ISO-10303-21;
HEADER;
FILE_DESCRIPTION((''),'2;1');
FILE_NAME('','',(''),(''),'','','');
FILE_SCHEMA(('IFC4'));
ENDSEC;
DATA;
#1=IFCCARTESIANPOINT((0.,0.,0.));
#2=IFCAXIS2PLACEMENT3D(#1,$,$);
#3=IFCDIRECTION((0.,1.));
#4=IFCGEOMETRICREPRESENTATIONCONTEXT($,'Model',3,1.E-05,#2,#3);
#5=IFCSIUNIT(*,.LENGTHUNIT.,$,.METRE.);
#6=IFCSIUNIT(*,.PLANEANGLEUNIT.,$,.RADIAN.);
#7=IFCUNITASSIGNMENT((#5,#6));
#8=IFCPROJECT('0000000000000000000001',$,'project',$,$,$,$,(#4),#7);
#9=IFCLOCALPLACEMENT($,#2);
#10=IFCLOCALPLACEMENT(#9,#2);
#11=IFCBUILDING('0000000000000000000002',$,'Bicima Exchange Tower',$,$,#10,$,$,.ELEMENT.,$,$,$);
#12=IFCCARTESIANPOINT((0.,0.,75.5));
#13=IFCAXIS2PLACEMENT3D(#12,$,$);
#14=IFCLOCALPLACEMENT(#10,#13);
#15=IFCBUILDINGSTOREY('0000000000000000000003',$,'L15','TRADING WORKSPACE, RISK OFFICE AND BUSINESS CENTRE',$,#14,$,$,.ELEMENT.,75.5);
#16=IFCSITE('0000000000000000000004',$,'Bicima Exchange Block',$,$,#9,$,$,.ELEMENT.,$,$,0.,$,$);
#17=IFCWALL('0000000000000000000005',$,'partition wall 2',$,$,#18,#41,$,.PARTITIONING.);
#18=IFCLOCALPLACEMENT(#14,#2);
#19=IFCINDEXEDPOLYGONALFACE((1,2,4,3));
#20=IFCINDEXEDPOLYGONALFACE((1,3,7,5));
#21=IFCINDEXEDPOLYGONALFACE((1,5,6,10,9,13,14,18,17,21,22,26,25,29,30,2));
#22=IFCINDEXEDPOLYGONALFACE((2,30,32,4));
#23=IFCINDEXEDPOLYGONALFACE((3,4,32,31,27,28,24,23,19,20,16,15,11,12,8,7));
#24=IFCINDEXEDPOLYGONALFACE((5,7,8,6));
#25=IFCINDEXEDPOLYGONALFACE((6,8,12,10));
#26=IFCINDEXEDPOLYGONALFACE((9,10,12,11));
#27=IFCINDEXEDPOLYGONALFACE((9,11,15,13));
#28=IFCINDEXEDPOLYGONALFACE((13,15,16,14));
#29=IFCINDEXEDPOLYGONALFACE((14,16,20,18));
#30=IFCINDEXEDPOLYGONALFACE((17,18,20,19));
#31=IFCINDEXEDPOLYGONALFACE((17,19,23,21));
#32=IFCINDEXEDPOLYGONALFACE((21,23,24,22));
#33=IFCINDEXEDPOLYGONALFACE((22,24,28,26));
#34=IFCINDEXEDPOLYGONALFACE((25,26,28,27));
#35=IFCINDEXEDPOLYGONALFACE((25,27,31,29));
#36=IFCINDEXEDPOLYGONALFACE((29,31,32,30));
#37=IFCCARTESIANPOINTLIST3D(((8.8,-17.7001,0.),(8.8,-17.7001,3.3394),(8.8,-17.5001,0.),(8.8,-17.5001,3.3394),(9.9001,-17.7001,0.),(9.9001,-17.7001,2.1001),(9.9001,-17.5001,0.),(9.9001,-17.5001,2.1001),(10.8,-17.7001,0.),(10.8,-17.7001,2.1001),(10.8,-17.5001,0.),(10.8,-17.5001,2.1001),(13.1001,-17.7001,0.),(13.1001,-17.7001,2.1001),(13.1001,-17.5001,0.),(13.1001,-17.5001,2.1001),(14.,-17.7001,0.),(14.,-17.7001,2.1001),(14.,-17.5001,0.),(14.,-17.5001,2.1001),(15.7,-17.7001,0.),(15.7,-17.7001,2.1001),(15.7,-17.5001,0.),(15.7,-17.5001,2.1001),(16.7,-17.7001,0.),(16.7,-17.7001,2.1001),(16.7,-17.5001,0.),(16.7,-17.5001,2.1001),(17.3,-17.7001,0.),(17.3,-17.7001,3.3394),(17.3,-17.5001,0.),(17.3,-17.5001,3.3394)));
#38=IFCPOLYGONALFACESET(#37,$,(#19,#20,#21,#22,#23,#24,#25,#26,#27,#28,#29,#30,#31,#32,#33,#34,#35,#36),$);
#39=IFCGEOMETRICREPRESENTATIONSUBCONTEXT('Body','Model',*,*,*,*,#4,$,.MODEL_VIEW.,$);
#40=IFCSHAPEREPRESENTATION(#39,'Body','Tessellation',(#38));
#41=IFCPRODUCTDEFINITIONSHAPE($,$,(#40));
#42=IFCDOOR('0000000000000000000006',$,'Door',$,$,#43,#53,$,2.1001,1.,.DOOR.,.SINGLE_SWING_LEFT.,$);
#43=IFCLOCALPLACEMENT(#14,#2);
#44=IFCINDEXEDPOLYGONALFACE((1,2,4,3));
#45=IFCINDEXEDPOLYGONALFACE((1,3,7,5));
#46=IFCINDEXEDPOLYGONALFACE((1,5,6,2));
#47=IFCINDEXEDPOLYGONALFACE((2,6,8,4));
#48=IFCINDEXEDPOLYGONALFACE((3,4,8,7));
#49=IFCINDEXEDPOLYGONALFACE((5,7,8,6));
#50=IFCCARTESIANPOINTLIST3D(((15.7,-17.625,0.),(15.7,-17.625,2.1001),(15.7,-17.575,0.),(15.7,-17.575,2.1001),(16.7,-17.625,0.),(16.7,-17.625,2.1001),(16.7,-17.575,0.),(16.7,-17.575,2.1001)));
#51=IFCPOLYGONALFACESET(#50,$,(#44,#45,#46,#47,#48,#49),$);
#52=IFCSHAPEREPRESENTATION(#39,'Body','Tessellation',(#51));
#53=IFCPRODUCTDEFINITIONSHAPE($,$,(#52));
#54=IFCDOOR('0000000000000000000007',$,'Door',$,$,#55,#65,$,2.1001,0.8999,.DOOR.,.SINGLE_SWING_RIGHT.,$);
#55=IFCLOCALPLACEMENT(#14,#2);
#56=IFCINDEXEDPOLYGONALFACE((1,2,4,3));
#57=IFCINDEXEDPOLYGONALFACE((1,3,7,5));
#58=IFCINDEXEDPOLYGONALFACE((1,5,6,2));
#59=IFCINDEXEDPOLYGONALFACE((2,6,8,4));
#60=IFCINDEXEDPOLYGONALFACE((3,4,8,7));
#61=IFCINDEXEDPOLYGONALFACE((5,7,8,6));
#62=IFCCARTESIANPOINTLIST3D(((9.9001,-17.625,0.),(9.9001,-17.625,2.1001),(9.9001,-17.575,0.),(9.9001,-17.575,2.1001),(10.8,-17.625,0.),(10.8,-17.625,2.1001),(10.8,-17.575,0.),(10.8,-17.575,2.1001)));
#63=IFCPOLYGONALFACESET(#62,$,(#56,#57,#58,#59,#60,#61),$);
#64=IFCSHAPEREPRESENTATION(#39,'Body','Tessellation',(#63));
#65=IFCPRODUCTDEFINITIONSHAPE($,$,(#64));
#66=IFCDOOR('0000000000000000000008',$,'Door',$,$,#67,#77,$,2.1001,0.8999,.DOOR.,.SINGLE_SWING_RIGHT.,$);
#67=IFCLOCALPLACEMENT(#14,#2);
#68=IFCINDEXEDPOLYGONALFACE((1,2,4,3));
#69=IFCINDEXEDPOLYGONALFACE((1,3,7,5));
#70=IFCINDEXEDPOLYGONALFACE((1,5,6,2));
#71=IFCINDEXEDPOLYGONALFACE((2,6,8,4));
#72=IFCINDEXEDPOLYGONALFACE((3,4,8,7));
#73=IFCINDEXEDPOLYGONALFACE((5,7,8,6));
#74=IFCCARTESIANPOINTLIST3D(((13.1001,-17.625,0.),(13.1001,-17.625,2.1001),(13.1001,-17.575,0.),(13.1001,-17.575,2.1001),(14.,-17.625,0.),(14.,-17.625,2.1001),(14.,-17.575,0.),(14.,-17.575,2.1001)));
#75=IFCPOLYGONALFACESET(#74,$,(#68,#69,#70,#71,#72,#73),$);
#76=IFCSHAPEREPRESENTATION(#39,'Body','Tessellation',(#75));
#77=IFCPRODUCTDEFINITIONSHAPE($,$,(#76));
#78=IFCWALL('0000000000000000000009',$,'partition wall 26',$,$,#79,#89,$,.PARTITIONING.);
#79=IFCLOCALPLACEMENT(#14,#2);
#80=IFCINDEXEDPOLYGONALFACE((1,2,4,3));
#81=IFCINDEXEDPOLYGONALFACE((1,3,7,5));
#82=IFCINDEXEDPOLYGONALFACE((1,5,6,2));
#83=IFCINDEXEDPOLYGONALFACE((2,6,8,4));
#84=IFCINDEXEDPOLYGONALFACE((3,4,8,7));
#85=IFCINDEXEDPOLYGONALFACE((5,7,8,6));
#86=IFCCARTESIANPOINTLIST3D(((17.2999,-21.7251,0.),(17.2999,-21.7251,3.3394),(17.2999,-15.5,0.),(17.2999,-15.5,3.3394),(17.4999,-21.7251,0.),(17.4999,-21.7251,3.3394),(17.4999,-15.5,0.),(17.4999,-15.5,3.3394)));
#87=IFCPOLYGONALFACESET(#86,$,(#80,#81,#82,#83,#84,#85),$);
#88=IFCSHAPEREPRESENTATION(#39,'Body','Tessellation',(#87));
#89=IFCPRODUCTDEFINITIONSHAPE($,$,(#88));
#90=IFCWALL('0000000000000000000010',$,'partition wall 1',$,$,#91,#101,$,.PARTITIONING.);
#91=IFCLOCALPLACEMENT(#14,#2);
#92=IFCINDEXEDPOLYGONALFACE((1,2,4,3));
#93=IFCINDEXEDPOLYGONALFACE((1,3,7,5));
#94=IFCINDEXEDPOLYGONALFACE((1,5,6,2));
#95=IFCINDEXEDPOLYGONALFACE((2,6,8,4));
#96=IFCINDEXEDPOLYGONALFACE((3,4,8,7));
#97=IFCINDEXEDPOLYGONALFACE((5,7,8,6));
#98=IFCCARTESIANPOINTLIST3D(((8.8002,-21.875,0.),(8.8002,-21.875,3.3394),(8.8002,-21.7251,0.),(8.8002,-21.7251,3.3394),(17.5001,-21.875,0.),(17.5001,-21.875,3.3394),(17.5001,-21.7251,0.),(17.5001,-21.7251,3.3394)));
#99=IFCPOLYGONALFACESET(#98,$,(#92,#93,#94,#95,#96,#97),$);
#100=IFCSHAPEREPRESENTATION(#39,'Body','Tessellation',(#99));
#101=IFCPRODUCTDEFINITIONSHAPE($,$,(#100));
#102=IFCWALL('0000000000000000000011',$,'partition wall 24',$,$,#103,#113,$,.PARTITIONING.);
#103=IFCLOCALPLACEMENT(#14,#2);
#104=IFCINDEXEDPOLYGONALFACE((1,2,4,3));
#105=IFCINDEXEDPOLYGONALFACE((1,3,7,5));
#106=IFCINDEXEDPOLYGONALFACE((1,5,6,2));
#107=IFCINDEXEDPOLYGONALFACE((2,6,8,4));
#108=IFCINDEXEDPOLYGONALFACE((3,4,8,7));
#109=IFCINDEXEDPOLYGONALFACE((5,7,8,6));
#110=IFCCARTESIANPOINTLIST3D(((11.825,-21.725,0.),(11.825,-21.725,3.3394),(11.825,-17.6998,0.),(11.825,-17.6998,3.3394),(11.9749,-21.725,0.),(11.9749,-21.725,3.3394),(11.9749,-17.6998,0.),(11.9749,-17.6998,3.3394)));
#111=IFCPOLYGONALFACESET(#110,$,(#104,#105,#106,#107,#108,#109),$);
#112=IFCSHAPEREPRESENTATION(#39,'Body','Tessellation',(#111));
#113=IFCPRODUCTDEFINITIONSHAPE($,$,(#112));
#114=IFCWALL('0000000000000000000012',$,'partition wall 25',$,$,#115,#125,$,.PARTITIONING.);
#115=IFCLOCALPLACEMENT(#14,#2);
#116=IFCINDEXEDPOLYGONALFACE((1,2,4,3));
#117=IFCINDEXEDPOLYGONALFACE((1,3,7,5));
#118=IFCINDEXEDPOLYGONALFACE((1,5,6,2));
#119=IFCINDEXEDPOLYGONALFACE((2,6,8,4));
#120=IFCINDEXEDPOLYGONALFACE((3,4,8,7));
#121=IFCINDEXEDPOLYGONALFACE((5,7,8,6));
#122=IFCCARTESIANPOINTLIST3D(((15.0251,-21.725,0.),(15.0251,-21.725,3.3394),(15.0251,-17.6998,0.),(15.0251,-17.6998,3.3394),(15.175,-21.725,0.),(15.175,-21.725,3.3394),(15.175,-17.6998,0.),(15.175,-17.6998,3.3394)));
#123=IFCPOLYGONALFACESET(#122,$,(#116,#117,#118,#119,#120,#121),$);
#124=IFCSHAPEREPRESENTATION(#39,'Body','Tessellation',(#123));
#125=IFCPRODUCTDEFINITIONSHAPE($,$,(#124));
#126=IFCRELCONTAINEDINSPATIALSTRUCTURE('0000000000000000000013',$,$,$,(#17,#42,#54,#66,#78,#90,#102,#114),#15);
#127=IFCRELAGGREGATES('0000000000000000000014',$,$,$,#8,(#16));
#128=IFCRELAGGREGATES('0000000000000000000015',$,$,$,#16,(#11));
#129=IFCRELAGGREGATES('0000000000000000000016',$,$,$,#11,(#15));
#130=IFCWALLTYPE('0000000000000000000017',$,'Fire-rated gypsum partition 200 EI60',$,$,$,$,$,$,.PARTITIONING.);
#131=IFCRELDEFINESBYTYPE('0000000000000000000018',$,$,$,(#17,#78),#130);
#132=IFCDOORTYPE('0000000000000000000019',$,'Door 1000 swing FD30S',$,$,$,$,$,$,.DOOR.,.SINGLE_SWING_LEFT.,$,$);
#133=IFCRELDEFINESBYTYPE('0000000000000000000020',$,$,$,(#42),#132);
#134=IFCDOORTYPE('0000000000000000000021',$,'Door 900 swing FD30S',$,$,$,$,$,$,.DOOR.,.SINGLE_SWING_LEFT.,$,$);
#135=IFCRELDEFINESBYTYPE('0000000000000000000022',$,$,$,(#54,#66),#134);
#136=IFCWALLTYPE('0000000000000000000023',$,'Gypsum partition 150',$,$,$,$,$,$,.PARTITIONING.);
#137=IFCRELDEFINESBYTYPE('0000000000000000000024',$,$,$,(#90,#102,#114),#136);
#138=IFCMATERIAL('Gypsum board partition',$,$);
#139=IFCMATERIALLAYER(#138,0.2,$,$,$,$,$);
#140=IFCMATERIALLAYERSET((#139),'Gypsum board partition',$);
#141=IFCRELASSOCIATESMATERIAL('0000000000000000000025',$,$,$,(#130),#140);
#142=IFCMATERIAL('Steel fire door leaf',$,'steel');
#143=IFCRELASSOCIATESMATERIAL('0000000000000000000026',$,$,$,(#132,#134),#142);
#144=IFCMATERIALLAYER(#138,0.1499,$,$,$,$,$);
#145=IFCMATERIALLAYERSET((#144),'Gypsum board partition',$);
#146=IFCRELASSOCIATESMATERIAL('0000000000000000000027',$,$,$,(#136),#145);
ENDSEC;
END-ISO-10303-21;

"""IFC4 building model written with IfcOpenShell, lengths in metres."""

from ifc_helpers import new_model, si_unit, direction, frame, frame_2d, origin, place, context, subcontext, project, spatial, rectangle, extrude, material, layer, layer_set, type_object, element, fill, save


model = new_model("IFC4")

# Units and contexts
model_context = context("Model", 3, precision=1e-05, world=origin(), true_north=direction((0.0, 1.0)))
body_context = subcontext(model_context, "Body", "Model", "MODEL_VIEW")
ifc_project = project(units=[si_unit("LENGTHUNIT", "METRE"), si_unit("PLANEANGLEUNIT", "RADIAN")], contexts=[model_context])

# Site, building, storey
site_placement = place(None, origin())
site = spatial("IfcSite", under=ifc_project, at=site_placement, Name="Bicima Exchange Block", CompositionType="ELEMENT", RefElevation=0.0)
building_placement = place(site_placement, origin())
building = spatial("IfcBuilding", under=site, at=building_placement, Name="Bicima Exchange Tower", CompositionType="ELEMENT")
storey_placement = place(building_placement, frame((0.0, 0.0, 75.5)))
storey = spatial("IfcBuildingStorey", under=building, at=storey_placement, Name="L15", Description="TRADING WORKSPACE, RISK OFFICE AND BUSINESS CENTRE", CompositionType="ELEMENT", Elevation=75.5)

# Wall, openings, doors
ifc_material_1 = material(Name="Gypsum board partition")
ifc_layer_1 = layer(ifc_material_1, 0.2)
ifc_layer_set_1 = layer_set([ifc_layer_1], Name="Gypsum board partition")
wall_type_1 = type_object("IfcWallType", Name="Fire-rated gypsum partition 200 EI60", PredefinedType="PARTITIONING", material=ifc_layer_set_1)
wall_1_placement = place(storey_placement, frame((8.8, -17.6001, 0.0), z_axis=(0.0, 0.0, 1.0), x_axis=(1.0, 0.0, 0.0)))
wall_1 = element("IfcWall", 1, at=wall_1_placement, inside=storey, type_object=wall_type_1, Name="partition wall 2", PredefinedType="PARTITIONING", context=body_context, shape_type="SweptSolid", body=[
    extrude(rectangle(XDim=8.5, YDim=0.2, at=frame_2d((4.25, 0.0))), origin(), (0.0, 0.0, 1.0), 3.3394),
])
opening_1_placement = place(wall_1_placement, frame((1.1001, 0.0, 0.0)))
opening_1 = element("IfcOpeningElement", 2, at=opening_1_placement, cuts=wall_1, PredefinedType="OPENING", context=body_context, shape_type="SweptSolid", body=[
    extrude(rectangle(XDim=0.8999, YDim=2.1001, at=frame_2d((0.45, 1.05))), frame((0.0, 0.1118, 0.0), z_axis=(0.0, -1.0, 0.0), x_axis=(1.0, 0.0, 0.0)), (0.0, 0.0, 1.0), 0.2239),
])
opening_2_placement = place(wall_1_placement, frame((4.3, 0.0, 0.0)))
opening_2 = element("IfcOpeningElement", 3, at=opening_2_placement, cuts=wall_1, PredefinedType="OPENING", context=body_context, shape_type="SweptSolid", body=[
    extrude(rectangle(XDim=0.8999, YDim=2.1001, at=frame_2d((0.45, 1.05))), frame((0.0, 0.1118, 0.0), z_axis=(0.0, -1.0, 0.0), x_axis=(1.0, 0.0, 0.0)), (0.0, 0.0, 1.0), 0.2239),
])
opening_3_placement = place(wall_1_placement, frame((6.8999, 0.0, 0.0)))
opening_3 = element("IfcOpeningElement", 4, at=opening_3_placement, cuts=wall_1, PredefinedType="OPENING", context=body_context, shape_type="SweptSolid", body=[
    extrude(rectangle(XDim=1.0, YDim=2.1001, at=frame_2d((0.5, 1.05))), frame((0.0, 0.1118, 0.0), z_axis=(0.0, -1.0, 0.0), x_axis=(1.0, 0.0, 0.0)), (0.0, 0.0, 1.0), 0.2239),
])
ifc_material_2 = material(Name="Steel fire door leaf", Category="steel")
door_type_1 = type_object("IfcDoorType", Name="Door 1000 swing FD30S", OperationType="SINGLE_SWING_LEFT", PredefinedType="DOOR", material=ifc_material_2)
door_1_placement = place(opening_3_placement, frame((1.0, 0.0, 0.0), z_axis=(0.0, 0.0, 1.0), x_axis=(-1.0, 0.0, 0.0)))
door_1 = element("IfcDoor", 5, at=door_1_placement, inside=storey, type_object=door_type_1, Name="Door", OperationType="SINGLE_SWING_LEFT", OverallHeight=2.1001, OverallWidth=1.0, PredefinedType="DOOR", context=body_context, shape_type="SweptSolid", body=[
    extrude(rectangle(XDim=1.0, YDim=2.1001, at=frame_2d((0.5, 1.05))), frame((0.0, 0.0249, 0.0), z_axis=(0.0, -1.0, 0.0), x_axis=(1.0, 0.0, 0.0)), (0.0, 0.0, 1.0), 0.05),
])
fill(opening_3, door_1)
door_type_2 = type_object("IfcDoorType", Name="Door 900 swing FD30S", OperationType="SINGLE_SWING_LEFT", PredefinedType="DOOR", material=ifc_material_2)
door_2_placement = place(opening_1_placement, frame((0.8999, 0.0, 0.0), z_axis=(0.0, 0.0, 1.0), x_axis=(-1.0, 0.0, 0.0)))
door_2 = element("IfcDoor", 6, at=door_2_placement, inside=storey, type_object=door_type_2, Name="Door", OperationType="SINGLE_SWING_RIGHT", OverallHeight=2.1001, OverallWidth=0.8999, PredefinedType="DOOR", context=body_context, shape_type="SweptSolid", body=[
    extrude(rectangle(XDim=0.8999, YDim=2.1001, at=frame_2d((0.45, 1.05))), frame((0.0, 0.0249, 0.0), z_axis=(0.0, -1.0, 0.0), x_axis=(1.0, 0.0, 0.0)), (0.0, 0.0, 1.0), 0.05),
])
fill(opening_1, door_2)
door_3_placement = place(opening_2_placement, frame((0.8999, 0.0, 0.0), z_axis=(0.0, 0.0, 1.0), x_axis=(-1.0, 0.0, 0.0)))
door_3 = element("IfcDoor", 7, at=door_3_placement, inside=storey, type_object=door_type_2, Name="Door", OperationType="SINGLE_SWING_RIGHT", OverallHeight=2.1001, OverallWidth=0.8999, PredefinedType="DOOR", context=body_context, shape_type="SweptSolid", body=[
    extrude(rectangle(XDim=0.8999, YDim=2.1001, at=frame_2d((0.45, 1.05))), frame((0.0, 0.0249, 0.0), z_axis=(0.0, -1.0, 0.0), x_axis=(1.0, 0.0, 0.0)), (0.0, 0.0, 1.0), 0.05),
])
fill(opening_2, door_3)

# Walls
wall_2_placement = place(storey_placement, frame((17.3999, -21.7251, 0.0), z_axis=(0.0, 0.0, 1.0), x_axis=(0.0, 1.0, 0.0)))
element("IfcWall", 8, at=wall_2_placement, inside=storey, type_object=wall_type_1, Name="partition wall 26", PredefinedType="PARTITIONING", context=body_context, shape_type="SweptSolid", body=[
    extrude(rectangle(XDim=6.2251, YDim=0.2, at=frame_2d((3.1125, 0.0))), origin(), (0.0, 0.0, 1.0), 3.3394),
])
ifc_layer_2 = layer(ifc_material_1, 0.1499)
ifc_layer_set_2 = layer_set([ifc_layer_2], Name="Gypsum board partition")
wall_type_2 = type_object("IfcWallType", Name="Gypsum partition 150", PredefinedType="PARTITIONING", material=ifc_layer_set_2)
wall_3_placement = place(storey_placement, frame((8.8, -21.8, 0.0), z_axis=(0.0, 0.0, 1.0), x_axis=(1.0, 0.0, 0.0)))
element("IfcWall", 9, at=wall_3_placement, inside=storey, type_object=wall_type_2, Name="partition wall 1", PredefinedType="PARTITIONING", context=body_context, shape_type="SweptSolid", body=[
    extrude(rectangle(XDim=8.7, YDim=0.1499, at=frame_2d((4.3501, 0.0))), origin(), (0.0, 0.0, 1.0), 3.3394),
])
for number, where, z_axis, x_axis, name in (
    (10, (11.8999, -21.7251, 0.0), (0.0, 0.0, 1.0), (0.0, 1.0, 0.0), "partition wall 24"),
    (11, (15.1001, -21.7251, 0.0), (0.0, 0.0, 1.0), (0.0, 1.0, 0.0), "partition wall 25"),
):
    element("IfcWall", number, at=place(storey_placement, frame(where, z_axis=z_axis, x_axis=x_axis)), inside=storey, type_object=wall_type_2, Name=name, PredefinedType="PARTITIONING", context=body_context, shape_type="SweptSolid", body=[
        extrude(rectangle(XDim=4.0251, YDim=0.1499, at=frame_2d((2.0127, 0.0))), origin(), (0.0, 0.0, 1.0), 3.3394),
    ])

save(model, "model.ifc")
